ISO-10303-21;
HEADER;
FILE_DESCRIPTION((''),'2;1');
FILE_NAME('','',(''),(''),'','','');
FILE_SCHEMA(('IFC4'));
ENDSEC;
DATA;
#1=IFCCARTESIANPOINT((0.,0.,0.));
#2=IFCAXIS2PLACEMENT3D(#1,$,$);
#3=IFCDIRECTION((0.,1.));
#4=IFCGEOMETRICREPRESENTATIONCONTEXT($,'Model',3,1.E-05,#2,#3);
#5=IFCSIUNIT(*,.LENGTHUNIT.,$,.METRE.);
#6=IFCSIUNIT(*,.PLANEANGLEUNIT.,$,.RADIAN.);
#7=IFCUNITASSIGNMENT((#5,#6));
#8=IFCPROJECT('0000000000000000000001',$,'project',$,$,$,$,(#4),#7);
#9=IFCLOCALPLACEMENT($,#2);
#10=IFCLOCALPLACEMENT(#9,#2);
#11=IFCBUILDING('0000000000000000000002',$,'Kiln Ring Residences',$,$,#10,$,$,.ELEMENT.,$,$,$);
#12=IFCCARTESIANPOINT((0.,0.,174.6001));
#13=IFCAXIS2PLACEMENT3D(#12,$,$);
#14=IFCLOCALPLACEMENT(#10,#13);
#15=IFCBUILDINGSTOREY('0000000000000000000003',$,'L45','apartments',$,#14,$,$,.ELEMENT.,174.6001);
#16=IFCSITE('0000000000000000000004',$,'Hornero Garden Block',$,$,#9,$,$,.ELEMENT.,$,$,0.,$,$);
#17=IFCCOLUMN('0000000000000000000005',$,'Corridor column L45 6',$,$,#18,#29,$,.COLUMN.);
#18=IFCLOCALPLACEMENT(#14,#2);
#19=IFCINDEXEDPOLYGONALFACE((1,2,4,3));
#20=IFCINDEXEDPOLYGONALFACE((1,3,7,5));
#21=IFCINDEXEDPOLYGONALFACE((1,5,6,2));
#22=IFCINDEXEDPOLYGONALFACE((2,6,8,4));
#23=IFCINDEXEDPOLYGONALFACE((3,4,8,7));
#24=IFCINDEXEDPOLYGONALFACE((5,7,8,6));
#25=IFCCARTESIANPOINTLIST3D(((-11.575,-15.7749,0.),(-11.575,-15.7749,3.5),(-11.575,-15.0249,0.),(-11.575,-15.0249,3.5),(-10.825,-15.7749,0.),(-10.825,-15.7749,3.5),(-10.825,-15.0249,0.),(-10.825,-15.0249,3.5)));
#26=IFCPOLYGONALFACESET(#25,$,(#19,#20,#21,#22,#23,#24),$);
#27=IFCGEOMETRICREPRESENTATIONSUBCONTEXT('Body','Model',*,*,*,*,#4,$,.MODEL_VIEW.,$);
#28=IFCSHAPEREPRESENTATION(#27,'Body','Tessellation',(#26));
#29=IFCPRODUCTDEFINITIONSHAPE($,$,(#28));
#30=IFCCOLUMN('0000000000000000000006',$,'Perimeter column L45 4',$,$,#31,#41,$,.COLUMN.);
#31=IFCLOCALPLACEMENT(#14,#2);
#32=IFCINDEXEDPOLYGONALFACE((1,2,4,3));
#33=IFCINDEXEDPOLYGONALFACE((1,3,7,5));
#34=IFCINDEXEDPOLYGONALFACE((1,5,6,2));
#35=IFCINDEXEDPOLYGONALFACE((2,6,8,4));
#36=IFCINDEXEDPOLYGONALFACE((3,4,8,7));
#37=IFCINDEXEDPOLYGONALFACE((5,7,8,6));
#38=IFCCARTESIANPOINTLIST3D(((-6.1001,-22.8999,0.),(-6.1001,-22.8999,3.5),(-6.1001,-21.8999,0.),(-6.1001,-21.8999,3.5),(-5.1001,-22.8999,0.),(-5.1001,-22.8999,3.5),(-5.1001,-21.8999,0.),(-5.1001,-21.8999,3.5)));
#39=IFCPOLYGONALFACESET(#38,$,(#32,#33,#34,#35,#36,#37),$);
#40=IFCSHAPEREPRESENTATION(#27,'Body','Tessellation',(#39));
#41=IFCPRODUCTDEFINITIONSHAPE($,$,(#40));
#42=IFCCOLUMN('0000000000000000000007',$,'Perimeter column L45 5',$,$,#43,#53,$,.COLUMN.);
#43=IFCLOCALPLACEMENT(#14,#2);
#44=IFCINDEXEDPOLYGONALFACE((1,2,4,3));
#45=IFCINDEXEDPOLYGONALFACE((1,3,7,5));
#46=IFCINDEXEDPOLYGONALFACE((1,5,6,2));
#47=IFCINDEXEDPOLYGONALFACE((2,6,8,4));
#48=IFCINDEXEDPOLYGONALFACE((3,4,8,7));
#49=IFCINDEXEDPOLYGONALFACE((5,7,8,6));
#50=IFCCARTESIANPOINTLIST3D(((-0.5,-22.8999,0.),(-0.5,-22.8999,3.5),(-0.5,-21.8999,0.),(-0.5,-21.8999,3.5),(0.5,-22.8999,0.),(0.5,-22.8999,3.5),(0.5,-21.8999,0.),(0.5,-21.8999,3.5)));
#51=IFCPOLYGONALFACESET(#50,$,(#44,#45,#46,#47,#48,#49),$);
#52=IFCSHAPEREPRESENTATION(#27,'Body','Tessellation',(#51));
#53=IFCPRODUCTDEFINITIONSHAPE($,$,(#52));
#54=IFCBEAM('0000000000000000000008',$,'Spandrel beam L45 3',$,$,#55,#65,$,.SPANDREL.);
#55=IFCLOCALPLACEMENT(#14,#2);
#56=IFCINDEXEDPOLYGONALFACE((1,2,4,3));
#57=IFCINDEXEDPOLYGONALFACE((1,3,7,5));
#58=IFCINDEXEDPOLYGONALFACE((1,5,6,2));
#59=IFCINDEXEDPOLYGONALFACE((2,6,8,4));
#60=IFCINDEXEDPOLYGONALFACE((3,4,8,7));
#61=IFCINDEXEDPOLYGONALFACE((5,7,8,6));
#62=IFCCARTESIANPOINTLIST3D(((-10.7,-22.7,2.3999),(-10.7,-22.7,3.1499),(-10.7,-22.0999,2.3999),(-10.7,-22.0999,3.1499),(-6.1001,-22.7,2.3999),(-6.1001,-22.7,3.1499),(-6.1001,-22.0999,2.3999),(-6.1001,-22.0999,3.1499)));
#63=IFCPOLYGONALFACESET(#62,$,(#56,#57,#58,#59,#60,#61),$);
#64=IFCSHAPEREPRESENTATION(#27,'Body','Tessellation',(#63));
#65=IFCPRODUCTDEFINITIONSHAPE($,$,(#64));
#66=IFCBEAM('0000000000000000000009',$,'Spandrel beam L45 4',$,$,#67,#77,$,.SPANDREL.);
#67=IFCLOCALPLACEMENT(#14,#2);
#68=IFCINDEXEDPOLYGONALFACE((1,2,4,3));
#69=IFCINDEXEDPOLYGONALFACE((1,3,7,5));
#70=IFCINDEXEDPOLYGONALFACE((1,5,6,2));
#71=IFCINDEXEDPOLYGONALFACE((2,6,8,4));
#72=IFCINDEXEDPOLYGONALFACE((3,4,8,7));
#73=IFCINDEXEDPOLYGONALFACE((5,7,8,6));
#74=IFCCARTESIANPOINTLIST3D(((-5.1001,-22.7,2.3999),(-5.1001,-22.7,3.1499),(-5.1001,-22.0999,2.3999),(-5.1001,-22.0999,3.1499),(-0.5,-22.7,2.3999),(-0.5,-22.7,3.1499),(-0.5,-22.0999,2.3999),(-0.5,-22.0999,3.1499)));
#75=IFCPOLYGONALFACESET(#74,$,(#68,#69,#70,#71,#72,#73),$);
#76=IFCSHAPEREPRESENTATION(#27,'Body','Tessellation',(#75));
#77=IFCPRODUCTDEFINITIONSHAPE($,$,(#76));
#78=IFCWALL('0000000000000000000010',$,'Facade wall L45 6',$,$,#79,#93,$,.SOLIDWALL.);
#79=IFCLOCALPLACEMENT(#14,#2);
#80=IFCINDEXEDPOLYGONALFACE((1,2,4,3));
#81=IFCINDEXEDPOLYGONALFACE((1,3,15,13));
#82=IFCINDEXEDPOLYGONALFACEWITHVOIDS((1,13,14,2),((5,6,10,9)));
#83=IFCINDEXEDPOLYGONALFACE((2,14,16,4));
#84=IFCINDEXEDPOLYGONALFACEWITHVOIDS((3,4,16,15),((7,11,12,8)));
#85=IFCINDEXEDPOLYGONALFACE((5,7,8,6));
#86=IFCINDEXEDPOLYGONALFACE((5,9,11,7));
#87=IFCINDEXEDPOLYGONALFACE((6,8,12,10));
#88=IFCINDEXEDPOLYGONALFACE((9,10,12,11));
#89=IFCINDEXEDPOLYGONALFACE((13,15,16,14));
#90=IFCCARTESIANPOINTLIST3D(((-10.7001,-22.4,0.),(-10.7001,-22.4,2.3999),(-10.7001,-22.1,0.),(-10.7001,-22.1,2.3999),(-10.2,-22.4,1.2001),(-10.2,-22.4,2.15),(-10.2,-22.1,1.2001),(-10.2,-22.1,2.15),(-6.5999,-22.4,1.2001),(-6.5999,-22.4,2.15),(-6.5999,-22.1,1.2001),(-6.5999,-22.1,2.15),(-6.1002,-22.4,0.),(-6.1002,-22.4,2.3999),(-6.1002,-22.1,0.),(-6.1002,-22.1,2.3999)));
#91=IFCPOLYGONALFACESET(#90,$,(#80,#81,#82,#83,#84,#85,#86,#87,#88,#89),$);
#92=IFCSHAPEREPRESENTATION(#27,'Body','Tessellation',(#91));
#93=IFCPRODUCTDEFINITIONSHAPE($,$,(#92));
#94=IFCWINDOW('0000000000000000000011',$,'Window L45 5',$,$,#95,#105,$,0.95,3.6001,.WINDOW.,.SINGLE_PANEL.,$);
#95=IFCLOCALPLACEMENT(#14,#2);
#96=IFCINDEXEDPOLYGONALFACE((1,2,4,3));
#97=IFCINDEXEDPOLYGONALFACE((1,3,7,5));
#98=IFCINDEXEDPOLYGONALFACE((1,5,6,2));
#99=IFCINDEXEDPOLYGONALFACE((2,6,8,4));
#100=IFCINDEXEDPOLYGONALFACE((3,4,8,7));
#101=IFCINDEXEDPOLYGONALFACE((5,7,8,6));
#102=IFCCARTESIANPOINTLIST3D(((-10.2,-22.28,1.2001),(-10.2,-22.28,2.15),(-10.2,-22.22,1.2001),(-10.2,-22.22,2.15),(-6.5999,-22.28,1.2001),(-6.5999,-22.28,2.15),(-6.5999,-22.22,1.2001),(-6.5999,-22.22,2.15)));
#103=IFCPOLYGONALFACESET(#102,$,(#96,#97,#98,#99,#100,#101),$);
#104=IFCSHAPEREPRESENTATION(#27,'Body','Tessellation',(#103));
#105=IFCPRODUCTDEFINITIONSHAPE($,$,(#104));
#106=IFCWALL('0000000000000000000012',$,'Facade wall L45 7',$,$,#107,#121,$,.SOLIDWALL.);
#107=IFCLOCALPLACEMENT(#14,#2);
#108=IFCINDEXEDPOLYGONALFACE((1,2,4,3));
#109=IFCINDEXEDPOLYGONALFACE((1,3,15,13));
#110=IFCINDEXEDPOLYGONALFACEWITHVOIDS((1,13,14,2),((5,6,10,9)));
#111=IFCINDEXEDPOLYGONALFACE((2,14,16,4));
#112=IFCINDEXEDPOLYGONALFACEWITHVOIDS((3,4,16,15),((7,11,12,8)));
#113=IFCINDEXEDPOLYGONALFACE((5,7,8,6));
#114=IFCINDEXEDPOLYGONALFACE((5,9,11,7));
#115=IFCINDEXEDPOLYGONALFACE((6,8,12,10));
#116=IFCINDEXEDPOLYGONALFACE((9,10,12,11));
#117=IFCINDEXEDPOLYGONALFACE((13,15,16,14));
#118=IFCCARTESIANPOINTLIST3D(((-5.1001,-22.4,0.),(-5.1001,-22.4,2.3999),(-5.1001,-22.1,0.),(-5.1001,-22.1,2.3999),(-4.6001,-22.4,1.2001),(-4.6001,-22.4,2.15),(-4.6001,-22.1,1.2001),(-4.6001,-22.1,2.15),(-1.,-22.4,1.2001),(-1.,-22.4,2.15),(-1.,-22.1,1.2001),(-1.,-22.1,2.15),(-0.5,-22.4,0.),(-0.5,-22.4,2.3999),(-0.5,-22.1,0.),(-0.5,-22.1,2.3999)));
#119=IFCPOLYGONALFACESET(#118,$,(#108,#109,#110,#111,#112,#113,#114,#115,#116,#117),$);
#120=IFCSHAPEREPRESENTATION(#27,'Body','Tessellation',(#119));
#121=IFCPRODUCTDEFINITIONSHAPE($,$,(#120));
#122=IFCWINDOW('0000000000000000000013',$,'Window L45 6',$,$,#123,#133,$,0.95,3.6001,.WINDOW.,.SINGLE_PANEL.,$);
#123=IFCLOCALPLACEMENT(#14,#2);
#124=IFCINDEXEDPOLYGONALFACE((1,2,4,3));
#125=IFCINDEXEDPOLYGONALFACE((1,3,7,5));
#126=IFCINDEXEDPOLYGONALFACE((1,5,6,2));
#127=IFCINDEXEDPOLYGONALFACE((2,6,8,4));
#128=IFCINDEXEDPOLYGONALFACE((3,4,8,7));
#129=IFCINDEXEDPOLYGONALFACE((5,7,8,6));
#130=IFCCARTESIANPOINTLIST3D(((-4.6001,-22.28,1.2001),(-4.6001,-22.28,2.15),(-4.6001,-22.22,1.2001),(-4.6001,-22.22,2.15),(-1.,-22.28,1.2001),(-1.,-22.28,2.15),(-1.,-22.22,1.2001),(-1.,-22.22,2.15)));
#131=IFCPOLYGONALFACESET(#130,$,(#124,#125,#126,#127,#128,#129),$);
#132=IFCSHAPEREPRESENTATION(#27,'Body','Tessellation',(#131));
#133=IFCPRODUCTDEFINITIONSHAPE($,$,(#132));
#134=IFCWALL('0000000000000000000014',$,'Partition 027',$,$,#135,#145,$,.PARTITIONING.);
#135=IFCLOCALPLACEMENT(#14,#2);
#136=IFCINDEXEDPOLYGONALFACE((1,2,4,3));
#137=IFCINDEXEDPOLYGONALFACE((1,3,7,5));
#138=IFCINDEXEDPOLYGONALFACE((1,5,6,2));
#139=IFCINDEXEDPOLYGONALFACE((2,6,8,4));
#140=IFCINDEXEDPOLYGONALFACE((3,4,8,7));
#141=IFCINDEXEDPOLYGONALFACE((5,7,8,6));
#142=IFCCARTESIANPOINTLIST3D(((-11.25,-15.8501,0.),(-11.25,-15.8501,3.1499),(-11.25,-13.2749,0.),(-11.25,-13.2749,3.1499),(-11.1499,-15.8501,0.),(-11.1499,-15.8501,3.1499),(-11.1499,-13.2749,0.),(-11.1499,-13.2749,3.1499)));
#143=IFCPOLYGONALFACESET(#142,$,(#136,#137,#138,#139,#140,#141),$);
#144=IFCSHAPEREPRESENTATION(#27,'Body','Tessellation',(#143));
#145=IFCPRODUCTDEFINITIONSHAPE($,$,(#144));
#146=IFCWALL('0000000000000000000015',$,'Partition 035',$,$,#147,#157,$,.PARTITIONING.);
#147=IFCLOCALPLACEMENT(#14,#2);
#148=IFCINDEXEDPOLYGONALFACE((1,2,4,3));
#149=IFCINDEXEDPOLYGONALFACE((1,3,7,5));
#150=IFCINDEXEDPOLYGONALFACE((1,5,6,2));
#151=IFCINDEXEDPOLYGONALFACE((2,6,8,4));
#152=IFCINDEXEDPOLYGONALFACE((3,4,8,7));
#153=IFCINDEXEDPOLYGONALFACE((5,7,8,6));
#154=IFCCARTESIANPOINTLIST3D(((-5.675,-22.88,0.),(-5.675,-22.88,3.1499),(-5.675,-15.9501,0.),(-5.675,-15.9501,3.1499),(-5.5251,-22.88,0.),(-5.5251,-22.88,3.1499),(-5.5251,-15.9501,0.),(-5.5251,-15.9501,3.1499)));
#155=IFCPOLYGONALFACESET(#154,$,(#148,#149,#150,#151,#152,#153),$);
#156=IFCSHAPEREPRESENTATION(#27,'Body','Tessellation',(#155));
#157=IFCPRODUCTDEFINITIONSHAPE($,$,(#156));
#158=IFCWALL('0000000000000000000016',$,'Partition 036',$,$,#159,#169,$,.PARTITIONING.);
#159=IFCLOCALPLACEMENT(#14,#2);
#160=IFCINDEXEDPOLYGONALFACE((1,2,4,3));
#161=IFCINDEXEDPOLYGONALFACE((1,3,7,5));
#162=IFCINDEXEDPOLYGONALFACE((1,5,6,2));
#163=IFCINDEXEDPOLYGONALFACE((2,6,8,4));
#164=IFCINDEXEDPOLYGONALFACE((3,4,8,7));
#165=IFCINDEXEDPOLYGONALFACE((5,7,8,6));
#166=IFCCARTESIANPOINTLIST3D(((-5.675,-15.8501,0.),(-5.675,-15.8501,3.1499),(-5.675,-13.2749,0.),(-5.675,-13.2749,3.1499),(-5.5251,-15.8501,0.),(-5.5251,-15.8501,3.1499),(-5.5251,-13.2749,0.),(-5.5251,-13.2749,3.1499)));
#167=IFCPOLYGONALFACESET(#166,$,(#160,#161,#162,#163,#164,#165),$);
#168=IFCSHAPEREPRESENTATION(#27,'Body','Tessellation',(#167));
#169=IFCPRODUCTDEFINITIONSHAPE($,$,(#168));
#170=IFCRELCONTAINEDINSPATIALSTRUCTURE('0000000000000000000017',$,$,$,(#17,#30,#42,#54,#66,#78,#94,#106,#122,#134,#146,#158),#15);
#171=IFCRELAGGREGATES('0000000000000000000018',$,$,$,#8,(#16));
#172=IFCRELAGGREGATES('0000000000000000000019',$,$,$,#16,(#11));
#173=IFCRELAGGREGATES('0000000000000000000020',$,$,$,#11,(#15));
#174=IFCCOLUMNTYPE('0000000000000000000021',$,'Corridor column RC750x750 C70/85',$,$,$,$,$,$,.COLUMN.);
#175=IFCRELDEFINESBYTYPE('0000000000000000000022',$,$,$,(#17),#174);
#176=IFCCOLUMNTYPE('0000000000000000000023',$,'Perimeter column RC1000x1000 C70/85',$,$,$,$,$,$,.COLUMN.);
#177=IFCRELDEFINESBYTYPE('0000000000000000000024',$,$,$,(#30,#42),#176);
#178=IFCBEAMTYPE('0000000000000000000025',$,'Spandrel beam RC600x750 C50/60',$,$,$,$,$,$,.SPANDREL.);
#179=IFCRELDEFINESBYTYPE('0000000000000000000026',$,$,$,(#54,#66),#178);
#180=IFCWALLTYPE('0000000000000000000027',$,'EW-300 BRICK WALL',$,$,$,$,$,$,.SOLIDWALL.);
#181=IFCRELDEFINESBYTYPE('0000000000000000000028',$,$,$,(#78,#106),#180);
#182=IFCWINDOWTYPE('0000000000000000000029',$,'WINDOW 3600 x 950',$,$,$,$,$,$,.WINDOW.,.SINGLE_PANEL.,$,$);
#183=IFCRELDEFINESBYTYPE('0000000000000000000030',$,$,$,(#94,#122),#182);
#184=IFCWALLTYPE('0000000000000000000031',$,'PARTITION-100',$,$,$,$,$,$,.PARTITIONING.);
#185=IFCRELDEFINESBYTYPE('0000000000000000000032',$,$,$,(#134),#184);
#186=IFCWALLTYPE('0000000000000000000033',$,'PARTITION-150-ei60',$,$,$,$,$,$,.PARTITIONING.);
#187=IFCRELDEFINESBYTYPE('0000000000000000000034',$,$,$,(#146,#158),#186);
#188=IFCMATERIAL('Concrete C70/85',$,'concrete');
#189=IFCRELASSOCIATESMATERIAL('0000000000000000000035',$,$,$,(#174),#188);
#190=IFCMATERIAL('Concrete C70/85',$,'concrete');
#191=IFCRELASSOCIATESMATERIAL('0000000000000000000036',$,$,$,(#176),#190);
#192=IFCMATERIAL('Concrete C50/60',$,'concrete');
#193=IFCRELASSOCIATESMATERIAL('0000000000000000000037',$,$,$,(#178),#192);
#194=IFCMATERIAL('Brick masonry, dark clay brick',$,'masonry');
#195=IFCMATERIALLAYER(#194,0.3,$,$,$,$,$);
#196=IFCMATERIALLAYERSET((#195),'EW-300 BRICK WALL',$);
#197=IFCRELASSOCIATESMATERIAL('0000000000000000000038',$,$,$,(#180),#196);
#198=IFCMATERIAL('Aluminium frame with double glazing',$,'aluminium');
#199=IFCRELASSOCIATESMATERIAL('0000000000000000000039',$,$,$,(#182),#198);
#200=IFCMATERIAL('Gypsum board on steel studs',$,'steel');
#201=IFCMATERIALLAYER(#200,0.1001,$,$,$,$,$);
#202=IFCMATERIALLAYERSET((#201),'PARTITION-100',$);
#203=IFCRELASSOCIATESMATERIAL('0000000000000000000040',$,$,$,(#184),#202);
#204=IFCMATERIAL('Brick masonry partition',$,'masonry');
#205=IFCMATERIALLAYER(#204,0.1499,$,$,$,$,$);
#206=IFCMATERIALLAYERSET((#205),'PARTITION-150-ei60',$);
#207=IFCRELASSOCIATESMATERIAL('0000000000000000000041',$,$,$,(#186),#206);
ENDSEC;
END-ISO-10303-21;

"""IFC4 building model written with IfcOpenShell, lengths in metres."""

from ifc_helpers import new_model, si_unit, direction, frame, frame_2d, origin, origin_2d, place, context, subcontext, project, spatial, rectangle, extrude, material, layer, layer_set, material_profile, profile_set, type_object, element, fill, save


model = new_model("IFC4")

# Units and contexts
model_context = context("Model", 3, precision=1e-05, world=origin(), true_north=direction((0.0, 1.0)))
body_context = subcontext(model_context, "Body", "Model", "MODEL_VIEW")
ifc_project = project(units=[si_unit("LENGTHUNIT", "METRE"), si_unit("PLANEANGLEUNIT", "RADIAN")], contexts=[model_context])

# Site, building, storey
site_placement = place(None, origin())
site = spatial("IfcSite", under=ifc_project, at=site_placement, Name="Hornero Garden Block", CompositionType="ELEMENT", RefElevation=0.0)
building_placement = place(site_placement, origin())
building = spatial("IfcBuilding", under=site, at=building_placement, Name="Kiln Ring Residences", CompositionType="ELEMENT")
storey_placement = place(building_placement, frame((0.0, 0.0, 174.6001)))
storey = spatial("IfcBuildingStorey", under=building, at=storey_placement, Name="L45", Description="apartments", CompositionType="ELEMENT", Elevation=174.6001)

# Columns
ifc_material_1 = material(Name="Concrete C70/85", Category="concrete")
ifc_material_profile_1 = material_profile(ifc_material_1, rectangle(XDim=0.75, YDim=0.75, at=origin_2d()), Name="RC750x750")
ifc_profile_set_1 = profile_set([ifc_material_profile_1], Name="Concrete C70/85")
column_type_1 = type_object("IfcColumnType", Name="Corridor column RC750x750 C70/85", PredefinedType="COLUMN", material=ifc_profile_set_1)
column_placement = place(storey_placement, frame((-11.2, -15.3999, 0.0), z_axis=(0.0, 0.0, 1.0), x_axis=(1.0, 0.0, 0.0)))
element("IfcColumn", 1, at=column_placement, inside=storey, type_object=column_type_1, Name="Corridor column L45 6", PredefinedType="COLUMN", context=body_context, shape_type="SweptSolid", body=[
    extrude(rectangle(XDim=0.75, YDim=0.75, at=origin_2d()), origin(), (0.0, 0.0, 1.0), 3.5),
])
ifc_material_2 = material(Name="Concrete C70/85", Category="concrete")
ifc_material_profile_2 = material_profile(ifc_material_2, rectangle(XDim=1.0, YDim=1.0, at=origin_2d()), Name="RC1000x1000")
ifc_profile_set_2 = profile_set([ifc_material_profile_2], Name="Concrete C70/85")
column_type_2 = type_object("IfcColumnType", Name="Perimeter column RC1000x1000 C70/85", PredefinedType="COLUMN", material=ifc_profile_set_2)
for number, where, z_axis, x_axis, name in (
    (2, (-5.6001, -22.3999, 0.0), (0.0, 0.0, 1.0), (1.0, 0.0, 0.0), "Perimeter column L45 4"),
    (3, (0.0, -22.3999, 0.0), (0.0, 0.0, 1.0), (1.0, 0.0, 0.0), "Perimeter column L45 5"),
):
    element("IfcColumn", number, at=place(storey_placement, frame(where, z_axis=z_axis, x_axis=x_axis)), inside=storey, type_object=column_type_2, Name=name, PredefinedType="COLUMN", context=body_context, shape_type="SweptSolid", body=[
        extrude(rectangle(XDim=1.0, YDim=1.0, at=origin_2d()), origin(), (0.0, 0.0, 1.0), 3.5),
    ])

# Beams
ifc_material_3 = material(Name="Concrete C50/60", Category="concrete")
ifc_material_profile_3 = material_profile(ifc_material_3, rectangle(XDim=0.6001, YDim=0.75, at=origin_2d()), Name="RC600x750")
ifc_profile_set_3 = profile_set([ifc_material_profile_3], Name="Concrete C50/60")
beam_type = type_object("IfcBeamType", Name="Spandrel beam RC600x750 C50/60", PredefinedType="SPANDREL", material=ifc_profile_set_3)
beam_1_placement = place(storey_placement, frame((-10.7, -22.3999, 2.7749), z_axis=(1.0, 0.0, 0.0), x_axis=(0.0, 1.0, 0.0)))
element("IfcBeam", 4, at=beam_1_placement, inside=storey, type_object=beam_type, Name="Spandrel beam L45 3", PredefinedType="SPANDREL", context=body_context, shape_type="SweptSolid", body=[
    extrude(rectangle(XDim=0.6001, YDim=0.75, at=origin_2d()), origin(), (0.0, 0.0, 1.0), 4.5999),
])
beam_2_placement = place(storey_placement, frame((-5.1001, -22.3999, 2.7749), z_axis=(1.0, 0.0, 0.0), x_axis=(0.0, 1.0, 0.0)))
element("IfcBeam", 5, at=beam_2_placement, inside=storey, type_object=beam_type, Name="Spandrel beam L45 4", PredefinedType="SPANDREL", context=body_context, shape_type="SweptSolid", body=[
    extrude(rectangle(XDim=0.6001, YDim=0.75, at=origin_2d()), origin(), (0.0, 0.0, 1.0), 4.6001),
])

# Walls, openings, windows
ifc_material_4 = material(Name="Brick masonry, dark clay brick", Category="masonry")
ifc_layer_1 = layer(ifc_material_4, 0.3)
ifc_layer_set_1 = layer_set([ifc_layer_1], Name="EW-300 BRICK WALL")
wall_type_1 = type_object("IfcWallType", Name="EW-300 BRICK WALL", PredefinedType="SOLIDWALL", material=ifc_layer_set_1)
wall_1_placement = place(storey_placement, frame((-10.7, -22.25, 0.0), z_axis=(0.0, 0.0, 1.0), x_axis=(1.0, 0.0, 0.0)))
wall_1 = element("IfcWall", 6, at=wall_1_placement, inside=storey, type_object=wall_type_1, Name="Facade wall L45 6", PredefinedType="SOLIDWALL", context=body_context, shape_type="SweptSolid", body=[
    extrude(rectangle(XDim=4.5999, YDim=0.3, at=frame_2d((2.2998, 0.0))), origin(), (0.0, 0.0, 1.0), 2.3999),
])
opening_1_placement = place(wall_1_placement, frame((0.5, 0.0, 1.2)))
opening_1 = element("IfcOpeningElement", 7, at=opening_1_placement, cuts=wall_1, PredefinedType="OPENING", context=body_context, shape_type="SweptSolid", body=[
    extrude(rectangle(XDim=3.6001, YDim=0.95, at=frame_2d((1.8, 0.4751))), frame((0.0, 0.1599, 0.0), z_axis=(0.0, -1.0, 0.0), x_axis=(1.0, 0.0, 0.0)), (0.0, 0.0, 1.0), 0.3201),
])
ifc_material_5 = material(Name="Aluminium frame with double glazing", Category="aluminium")
window_type = type_object("IfcWindowType", Name="WINDOW 3600 x 950", PartitioningType="SINGLE_PANEL", PredefinedType="WINDOW", material=ifc_material_5)
window_1_placement = place(opening_1_placement, origin())
window_1 = element("IfcWindow", 8, at=window_1_placement, inside=storey, type_object=window_type, Name="Window L45 5", OverallHeight=0.95, OverallWidth=3.6001, PartitioningType="SINGLE_PANEL", PredefinedType="WINDOW", context=body_context, shape_type="SweptSolid", body=[
    extrude(rectangle(XDim=3.6001, YDim=0.95, at=frame_2d((1.8, 0.4751))), frame((0.0, 0.03, 0.0), z_axis=(0.0, -1.0, 0.0), x_axis=(1.0, 0.0, 0.0)), (0.0, 0.0, 1.0), 0.0601),
])
fill(opening_1, window_1)
wall_2_placement = place(storey_placement, frame((-5.1001, -22.25, 0.0), z_axis=(0.0, 0.0, 1.0), x_axis=(1.0, 0.0, 0.0)))
wall_2 = element("IfcWall", 9, at=wall_2_placement, inside=storey, type_object=wall_type_1, Name="Facade wall L45 7", PredefinedType="SOLIDWALL", context=body_context, shape_type="SweptSolid", body=[
    extrude(rectangle(XDim=4.6001, YDim=0.3, at=frame_2d((2.3, 0.0))), origin(), (0.0, 0.0, 1.0), 2.3999),
])
opening_2_placement = place(wall_2_placement, frame((0.5, 0.0, 1.2)))
opening_2 = element("IfcOpeningElement", 10, at=opening_2_placement, cuts=wall_2, PredefinedType="OPENING", context=body_context, shape_type="SweptSolid", body=[
    extrude(rectangle(XDim=3.6001, YDim=0.95, at=frame_2d((1.8, 0.4751))), frame((0.0, 0.1599, 0.0), z_axis=(0.0, -1.0, 0.0), x_axis=(1.0, 0.0, 0.0)), (0.0, 0.0, 1.0), 0.3201),
])
window_2_placement = place(opening_2_placement, origin())
window_2 = element("IfcWindow", 11, at=window_2_placement, inside=storey, type_object=window_type, Name="Window L45 6", OverallHeight=0.95, OverallWidth=3.6001, PartitioningType="SINGLE_PANEL", PredefinedType="WINDOW", context=body_context, shape_type="SweptSolid", body=[
    extrude(rectangle(XDim=3.6001, YDim=0.95, at=frame_2d((1.8, 0.4751))), frame((0.0, 0.03, 0.0), z_axis=(0.0, -1.0, 0.0), x_axis=(1.0, 0.0, 0.0)), (0.0, 0.0, 1.0), 0.0601),
])
fill(opening_2, window_2)

# Walls
ifc_material_6 = material(Name="Gypsum board on steel studs", Category="steel")
ifc_layer_2 = layer(ifc_material_6, 0.1001)
ifc_layer_set_2 = layer_set([ifc_layer_2], Name="PARTITION-100")
wall_type_2 = type_object("IfcWallType", Name="PARTITION-100", PredefinedType="PARTITIONING", material=ifc_layer_set_2)
wall_3_placement = place(storey_placement, frame((-11.2, -15.8501, 0.0), z_axis=(0.0, 0.0, 1.0), x_axis=(0.0, 1.0, 0.0)))
element("IfcWall", 12, at=wall_3_placement, inside=storey, type_object=wall_type_2, Name="Partition 027", PredefinedType="PARTITIONING", context=body_context, shape_type="SweptSolid", body=[
    extrude(rectangle(XDim=2.5752, YDim=0.1001, at=frame_2d((1.2876, 0.0))), origin(), (0.0, 0.0, 1.0), 3.1499),
])
ifc_material_7 = material(Name="Brick masonry partition", Category="masonry")
ifc_layer_3 = layer(ifc_material_7, 0.1499)
ifc_layer_set_3 = layer_set([ifc_layer_3], Name="PARTITION-150-ei60")
wall_type_3 = type_object("IfcWallType", Name="PARTITION-150-ei60", PredefinedType="PARTITIONING", material=ifc_layer_set_3)
wall_4_placement = place(storey_placement, frame((-5.6001, -22.8799, 0.0), z_axis=(0.0, 0.0, 1.0), x_axis=(0.0, 1.0, 0.0)))
element("IfcWall", 13, at=wall_4_placement, inside=storey, type_object=wall_type_3, Name="Partition 035", PredefinedType="PARTITIONING", context=body_context, shape_type="SweptSolid", body=[
    extrude(rectangle(XDim=6.9299, YDim=0.1499, at=frame_2d((3.4648, 0.0))), origin(), (0.0, 0.0, 1.0), 3.1499),
])
wall_5_placement = place(storey_placement, frame((-5.6001, -15.8501, 0.0), z_axis=(0.0, 0.0, 1.0), x_axis=(0.0, 1.0, 0.0)))
element("IfcWall", 14, at=wall_5_placement, inside=storey, type_object=wall_type_3, Name="Partition 036", PredefinedType="PARTITIONING", context=body_context, shape_type="SweptSolid", body=[
    extrude(rectangle(XDim=2.5752, YDim=0.1499, at=frame_2d((1.2876, 0.0))), origin(), (0.0, 0.0, 1.0), 3.1499),
])

save(model, "model.ifc")
